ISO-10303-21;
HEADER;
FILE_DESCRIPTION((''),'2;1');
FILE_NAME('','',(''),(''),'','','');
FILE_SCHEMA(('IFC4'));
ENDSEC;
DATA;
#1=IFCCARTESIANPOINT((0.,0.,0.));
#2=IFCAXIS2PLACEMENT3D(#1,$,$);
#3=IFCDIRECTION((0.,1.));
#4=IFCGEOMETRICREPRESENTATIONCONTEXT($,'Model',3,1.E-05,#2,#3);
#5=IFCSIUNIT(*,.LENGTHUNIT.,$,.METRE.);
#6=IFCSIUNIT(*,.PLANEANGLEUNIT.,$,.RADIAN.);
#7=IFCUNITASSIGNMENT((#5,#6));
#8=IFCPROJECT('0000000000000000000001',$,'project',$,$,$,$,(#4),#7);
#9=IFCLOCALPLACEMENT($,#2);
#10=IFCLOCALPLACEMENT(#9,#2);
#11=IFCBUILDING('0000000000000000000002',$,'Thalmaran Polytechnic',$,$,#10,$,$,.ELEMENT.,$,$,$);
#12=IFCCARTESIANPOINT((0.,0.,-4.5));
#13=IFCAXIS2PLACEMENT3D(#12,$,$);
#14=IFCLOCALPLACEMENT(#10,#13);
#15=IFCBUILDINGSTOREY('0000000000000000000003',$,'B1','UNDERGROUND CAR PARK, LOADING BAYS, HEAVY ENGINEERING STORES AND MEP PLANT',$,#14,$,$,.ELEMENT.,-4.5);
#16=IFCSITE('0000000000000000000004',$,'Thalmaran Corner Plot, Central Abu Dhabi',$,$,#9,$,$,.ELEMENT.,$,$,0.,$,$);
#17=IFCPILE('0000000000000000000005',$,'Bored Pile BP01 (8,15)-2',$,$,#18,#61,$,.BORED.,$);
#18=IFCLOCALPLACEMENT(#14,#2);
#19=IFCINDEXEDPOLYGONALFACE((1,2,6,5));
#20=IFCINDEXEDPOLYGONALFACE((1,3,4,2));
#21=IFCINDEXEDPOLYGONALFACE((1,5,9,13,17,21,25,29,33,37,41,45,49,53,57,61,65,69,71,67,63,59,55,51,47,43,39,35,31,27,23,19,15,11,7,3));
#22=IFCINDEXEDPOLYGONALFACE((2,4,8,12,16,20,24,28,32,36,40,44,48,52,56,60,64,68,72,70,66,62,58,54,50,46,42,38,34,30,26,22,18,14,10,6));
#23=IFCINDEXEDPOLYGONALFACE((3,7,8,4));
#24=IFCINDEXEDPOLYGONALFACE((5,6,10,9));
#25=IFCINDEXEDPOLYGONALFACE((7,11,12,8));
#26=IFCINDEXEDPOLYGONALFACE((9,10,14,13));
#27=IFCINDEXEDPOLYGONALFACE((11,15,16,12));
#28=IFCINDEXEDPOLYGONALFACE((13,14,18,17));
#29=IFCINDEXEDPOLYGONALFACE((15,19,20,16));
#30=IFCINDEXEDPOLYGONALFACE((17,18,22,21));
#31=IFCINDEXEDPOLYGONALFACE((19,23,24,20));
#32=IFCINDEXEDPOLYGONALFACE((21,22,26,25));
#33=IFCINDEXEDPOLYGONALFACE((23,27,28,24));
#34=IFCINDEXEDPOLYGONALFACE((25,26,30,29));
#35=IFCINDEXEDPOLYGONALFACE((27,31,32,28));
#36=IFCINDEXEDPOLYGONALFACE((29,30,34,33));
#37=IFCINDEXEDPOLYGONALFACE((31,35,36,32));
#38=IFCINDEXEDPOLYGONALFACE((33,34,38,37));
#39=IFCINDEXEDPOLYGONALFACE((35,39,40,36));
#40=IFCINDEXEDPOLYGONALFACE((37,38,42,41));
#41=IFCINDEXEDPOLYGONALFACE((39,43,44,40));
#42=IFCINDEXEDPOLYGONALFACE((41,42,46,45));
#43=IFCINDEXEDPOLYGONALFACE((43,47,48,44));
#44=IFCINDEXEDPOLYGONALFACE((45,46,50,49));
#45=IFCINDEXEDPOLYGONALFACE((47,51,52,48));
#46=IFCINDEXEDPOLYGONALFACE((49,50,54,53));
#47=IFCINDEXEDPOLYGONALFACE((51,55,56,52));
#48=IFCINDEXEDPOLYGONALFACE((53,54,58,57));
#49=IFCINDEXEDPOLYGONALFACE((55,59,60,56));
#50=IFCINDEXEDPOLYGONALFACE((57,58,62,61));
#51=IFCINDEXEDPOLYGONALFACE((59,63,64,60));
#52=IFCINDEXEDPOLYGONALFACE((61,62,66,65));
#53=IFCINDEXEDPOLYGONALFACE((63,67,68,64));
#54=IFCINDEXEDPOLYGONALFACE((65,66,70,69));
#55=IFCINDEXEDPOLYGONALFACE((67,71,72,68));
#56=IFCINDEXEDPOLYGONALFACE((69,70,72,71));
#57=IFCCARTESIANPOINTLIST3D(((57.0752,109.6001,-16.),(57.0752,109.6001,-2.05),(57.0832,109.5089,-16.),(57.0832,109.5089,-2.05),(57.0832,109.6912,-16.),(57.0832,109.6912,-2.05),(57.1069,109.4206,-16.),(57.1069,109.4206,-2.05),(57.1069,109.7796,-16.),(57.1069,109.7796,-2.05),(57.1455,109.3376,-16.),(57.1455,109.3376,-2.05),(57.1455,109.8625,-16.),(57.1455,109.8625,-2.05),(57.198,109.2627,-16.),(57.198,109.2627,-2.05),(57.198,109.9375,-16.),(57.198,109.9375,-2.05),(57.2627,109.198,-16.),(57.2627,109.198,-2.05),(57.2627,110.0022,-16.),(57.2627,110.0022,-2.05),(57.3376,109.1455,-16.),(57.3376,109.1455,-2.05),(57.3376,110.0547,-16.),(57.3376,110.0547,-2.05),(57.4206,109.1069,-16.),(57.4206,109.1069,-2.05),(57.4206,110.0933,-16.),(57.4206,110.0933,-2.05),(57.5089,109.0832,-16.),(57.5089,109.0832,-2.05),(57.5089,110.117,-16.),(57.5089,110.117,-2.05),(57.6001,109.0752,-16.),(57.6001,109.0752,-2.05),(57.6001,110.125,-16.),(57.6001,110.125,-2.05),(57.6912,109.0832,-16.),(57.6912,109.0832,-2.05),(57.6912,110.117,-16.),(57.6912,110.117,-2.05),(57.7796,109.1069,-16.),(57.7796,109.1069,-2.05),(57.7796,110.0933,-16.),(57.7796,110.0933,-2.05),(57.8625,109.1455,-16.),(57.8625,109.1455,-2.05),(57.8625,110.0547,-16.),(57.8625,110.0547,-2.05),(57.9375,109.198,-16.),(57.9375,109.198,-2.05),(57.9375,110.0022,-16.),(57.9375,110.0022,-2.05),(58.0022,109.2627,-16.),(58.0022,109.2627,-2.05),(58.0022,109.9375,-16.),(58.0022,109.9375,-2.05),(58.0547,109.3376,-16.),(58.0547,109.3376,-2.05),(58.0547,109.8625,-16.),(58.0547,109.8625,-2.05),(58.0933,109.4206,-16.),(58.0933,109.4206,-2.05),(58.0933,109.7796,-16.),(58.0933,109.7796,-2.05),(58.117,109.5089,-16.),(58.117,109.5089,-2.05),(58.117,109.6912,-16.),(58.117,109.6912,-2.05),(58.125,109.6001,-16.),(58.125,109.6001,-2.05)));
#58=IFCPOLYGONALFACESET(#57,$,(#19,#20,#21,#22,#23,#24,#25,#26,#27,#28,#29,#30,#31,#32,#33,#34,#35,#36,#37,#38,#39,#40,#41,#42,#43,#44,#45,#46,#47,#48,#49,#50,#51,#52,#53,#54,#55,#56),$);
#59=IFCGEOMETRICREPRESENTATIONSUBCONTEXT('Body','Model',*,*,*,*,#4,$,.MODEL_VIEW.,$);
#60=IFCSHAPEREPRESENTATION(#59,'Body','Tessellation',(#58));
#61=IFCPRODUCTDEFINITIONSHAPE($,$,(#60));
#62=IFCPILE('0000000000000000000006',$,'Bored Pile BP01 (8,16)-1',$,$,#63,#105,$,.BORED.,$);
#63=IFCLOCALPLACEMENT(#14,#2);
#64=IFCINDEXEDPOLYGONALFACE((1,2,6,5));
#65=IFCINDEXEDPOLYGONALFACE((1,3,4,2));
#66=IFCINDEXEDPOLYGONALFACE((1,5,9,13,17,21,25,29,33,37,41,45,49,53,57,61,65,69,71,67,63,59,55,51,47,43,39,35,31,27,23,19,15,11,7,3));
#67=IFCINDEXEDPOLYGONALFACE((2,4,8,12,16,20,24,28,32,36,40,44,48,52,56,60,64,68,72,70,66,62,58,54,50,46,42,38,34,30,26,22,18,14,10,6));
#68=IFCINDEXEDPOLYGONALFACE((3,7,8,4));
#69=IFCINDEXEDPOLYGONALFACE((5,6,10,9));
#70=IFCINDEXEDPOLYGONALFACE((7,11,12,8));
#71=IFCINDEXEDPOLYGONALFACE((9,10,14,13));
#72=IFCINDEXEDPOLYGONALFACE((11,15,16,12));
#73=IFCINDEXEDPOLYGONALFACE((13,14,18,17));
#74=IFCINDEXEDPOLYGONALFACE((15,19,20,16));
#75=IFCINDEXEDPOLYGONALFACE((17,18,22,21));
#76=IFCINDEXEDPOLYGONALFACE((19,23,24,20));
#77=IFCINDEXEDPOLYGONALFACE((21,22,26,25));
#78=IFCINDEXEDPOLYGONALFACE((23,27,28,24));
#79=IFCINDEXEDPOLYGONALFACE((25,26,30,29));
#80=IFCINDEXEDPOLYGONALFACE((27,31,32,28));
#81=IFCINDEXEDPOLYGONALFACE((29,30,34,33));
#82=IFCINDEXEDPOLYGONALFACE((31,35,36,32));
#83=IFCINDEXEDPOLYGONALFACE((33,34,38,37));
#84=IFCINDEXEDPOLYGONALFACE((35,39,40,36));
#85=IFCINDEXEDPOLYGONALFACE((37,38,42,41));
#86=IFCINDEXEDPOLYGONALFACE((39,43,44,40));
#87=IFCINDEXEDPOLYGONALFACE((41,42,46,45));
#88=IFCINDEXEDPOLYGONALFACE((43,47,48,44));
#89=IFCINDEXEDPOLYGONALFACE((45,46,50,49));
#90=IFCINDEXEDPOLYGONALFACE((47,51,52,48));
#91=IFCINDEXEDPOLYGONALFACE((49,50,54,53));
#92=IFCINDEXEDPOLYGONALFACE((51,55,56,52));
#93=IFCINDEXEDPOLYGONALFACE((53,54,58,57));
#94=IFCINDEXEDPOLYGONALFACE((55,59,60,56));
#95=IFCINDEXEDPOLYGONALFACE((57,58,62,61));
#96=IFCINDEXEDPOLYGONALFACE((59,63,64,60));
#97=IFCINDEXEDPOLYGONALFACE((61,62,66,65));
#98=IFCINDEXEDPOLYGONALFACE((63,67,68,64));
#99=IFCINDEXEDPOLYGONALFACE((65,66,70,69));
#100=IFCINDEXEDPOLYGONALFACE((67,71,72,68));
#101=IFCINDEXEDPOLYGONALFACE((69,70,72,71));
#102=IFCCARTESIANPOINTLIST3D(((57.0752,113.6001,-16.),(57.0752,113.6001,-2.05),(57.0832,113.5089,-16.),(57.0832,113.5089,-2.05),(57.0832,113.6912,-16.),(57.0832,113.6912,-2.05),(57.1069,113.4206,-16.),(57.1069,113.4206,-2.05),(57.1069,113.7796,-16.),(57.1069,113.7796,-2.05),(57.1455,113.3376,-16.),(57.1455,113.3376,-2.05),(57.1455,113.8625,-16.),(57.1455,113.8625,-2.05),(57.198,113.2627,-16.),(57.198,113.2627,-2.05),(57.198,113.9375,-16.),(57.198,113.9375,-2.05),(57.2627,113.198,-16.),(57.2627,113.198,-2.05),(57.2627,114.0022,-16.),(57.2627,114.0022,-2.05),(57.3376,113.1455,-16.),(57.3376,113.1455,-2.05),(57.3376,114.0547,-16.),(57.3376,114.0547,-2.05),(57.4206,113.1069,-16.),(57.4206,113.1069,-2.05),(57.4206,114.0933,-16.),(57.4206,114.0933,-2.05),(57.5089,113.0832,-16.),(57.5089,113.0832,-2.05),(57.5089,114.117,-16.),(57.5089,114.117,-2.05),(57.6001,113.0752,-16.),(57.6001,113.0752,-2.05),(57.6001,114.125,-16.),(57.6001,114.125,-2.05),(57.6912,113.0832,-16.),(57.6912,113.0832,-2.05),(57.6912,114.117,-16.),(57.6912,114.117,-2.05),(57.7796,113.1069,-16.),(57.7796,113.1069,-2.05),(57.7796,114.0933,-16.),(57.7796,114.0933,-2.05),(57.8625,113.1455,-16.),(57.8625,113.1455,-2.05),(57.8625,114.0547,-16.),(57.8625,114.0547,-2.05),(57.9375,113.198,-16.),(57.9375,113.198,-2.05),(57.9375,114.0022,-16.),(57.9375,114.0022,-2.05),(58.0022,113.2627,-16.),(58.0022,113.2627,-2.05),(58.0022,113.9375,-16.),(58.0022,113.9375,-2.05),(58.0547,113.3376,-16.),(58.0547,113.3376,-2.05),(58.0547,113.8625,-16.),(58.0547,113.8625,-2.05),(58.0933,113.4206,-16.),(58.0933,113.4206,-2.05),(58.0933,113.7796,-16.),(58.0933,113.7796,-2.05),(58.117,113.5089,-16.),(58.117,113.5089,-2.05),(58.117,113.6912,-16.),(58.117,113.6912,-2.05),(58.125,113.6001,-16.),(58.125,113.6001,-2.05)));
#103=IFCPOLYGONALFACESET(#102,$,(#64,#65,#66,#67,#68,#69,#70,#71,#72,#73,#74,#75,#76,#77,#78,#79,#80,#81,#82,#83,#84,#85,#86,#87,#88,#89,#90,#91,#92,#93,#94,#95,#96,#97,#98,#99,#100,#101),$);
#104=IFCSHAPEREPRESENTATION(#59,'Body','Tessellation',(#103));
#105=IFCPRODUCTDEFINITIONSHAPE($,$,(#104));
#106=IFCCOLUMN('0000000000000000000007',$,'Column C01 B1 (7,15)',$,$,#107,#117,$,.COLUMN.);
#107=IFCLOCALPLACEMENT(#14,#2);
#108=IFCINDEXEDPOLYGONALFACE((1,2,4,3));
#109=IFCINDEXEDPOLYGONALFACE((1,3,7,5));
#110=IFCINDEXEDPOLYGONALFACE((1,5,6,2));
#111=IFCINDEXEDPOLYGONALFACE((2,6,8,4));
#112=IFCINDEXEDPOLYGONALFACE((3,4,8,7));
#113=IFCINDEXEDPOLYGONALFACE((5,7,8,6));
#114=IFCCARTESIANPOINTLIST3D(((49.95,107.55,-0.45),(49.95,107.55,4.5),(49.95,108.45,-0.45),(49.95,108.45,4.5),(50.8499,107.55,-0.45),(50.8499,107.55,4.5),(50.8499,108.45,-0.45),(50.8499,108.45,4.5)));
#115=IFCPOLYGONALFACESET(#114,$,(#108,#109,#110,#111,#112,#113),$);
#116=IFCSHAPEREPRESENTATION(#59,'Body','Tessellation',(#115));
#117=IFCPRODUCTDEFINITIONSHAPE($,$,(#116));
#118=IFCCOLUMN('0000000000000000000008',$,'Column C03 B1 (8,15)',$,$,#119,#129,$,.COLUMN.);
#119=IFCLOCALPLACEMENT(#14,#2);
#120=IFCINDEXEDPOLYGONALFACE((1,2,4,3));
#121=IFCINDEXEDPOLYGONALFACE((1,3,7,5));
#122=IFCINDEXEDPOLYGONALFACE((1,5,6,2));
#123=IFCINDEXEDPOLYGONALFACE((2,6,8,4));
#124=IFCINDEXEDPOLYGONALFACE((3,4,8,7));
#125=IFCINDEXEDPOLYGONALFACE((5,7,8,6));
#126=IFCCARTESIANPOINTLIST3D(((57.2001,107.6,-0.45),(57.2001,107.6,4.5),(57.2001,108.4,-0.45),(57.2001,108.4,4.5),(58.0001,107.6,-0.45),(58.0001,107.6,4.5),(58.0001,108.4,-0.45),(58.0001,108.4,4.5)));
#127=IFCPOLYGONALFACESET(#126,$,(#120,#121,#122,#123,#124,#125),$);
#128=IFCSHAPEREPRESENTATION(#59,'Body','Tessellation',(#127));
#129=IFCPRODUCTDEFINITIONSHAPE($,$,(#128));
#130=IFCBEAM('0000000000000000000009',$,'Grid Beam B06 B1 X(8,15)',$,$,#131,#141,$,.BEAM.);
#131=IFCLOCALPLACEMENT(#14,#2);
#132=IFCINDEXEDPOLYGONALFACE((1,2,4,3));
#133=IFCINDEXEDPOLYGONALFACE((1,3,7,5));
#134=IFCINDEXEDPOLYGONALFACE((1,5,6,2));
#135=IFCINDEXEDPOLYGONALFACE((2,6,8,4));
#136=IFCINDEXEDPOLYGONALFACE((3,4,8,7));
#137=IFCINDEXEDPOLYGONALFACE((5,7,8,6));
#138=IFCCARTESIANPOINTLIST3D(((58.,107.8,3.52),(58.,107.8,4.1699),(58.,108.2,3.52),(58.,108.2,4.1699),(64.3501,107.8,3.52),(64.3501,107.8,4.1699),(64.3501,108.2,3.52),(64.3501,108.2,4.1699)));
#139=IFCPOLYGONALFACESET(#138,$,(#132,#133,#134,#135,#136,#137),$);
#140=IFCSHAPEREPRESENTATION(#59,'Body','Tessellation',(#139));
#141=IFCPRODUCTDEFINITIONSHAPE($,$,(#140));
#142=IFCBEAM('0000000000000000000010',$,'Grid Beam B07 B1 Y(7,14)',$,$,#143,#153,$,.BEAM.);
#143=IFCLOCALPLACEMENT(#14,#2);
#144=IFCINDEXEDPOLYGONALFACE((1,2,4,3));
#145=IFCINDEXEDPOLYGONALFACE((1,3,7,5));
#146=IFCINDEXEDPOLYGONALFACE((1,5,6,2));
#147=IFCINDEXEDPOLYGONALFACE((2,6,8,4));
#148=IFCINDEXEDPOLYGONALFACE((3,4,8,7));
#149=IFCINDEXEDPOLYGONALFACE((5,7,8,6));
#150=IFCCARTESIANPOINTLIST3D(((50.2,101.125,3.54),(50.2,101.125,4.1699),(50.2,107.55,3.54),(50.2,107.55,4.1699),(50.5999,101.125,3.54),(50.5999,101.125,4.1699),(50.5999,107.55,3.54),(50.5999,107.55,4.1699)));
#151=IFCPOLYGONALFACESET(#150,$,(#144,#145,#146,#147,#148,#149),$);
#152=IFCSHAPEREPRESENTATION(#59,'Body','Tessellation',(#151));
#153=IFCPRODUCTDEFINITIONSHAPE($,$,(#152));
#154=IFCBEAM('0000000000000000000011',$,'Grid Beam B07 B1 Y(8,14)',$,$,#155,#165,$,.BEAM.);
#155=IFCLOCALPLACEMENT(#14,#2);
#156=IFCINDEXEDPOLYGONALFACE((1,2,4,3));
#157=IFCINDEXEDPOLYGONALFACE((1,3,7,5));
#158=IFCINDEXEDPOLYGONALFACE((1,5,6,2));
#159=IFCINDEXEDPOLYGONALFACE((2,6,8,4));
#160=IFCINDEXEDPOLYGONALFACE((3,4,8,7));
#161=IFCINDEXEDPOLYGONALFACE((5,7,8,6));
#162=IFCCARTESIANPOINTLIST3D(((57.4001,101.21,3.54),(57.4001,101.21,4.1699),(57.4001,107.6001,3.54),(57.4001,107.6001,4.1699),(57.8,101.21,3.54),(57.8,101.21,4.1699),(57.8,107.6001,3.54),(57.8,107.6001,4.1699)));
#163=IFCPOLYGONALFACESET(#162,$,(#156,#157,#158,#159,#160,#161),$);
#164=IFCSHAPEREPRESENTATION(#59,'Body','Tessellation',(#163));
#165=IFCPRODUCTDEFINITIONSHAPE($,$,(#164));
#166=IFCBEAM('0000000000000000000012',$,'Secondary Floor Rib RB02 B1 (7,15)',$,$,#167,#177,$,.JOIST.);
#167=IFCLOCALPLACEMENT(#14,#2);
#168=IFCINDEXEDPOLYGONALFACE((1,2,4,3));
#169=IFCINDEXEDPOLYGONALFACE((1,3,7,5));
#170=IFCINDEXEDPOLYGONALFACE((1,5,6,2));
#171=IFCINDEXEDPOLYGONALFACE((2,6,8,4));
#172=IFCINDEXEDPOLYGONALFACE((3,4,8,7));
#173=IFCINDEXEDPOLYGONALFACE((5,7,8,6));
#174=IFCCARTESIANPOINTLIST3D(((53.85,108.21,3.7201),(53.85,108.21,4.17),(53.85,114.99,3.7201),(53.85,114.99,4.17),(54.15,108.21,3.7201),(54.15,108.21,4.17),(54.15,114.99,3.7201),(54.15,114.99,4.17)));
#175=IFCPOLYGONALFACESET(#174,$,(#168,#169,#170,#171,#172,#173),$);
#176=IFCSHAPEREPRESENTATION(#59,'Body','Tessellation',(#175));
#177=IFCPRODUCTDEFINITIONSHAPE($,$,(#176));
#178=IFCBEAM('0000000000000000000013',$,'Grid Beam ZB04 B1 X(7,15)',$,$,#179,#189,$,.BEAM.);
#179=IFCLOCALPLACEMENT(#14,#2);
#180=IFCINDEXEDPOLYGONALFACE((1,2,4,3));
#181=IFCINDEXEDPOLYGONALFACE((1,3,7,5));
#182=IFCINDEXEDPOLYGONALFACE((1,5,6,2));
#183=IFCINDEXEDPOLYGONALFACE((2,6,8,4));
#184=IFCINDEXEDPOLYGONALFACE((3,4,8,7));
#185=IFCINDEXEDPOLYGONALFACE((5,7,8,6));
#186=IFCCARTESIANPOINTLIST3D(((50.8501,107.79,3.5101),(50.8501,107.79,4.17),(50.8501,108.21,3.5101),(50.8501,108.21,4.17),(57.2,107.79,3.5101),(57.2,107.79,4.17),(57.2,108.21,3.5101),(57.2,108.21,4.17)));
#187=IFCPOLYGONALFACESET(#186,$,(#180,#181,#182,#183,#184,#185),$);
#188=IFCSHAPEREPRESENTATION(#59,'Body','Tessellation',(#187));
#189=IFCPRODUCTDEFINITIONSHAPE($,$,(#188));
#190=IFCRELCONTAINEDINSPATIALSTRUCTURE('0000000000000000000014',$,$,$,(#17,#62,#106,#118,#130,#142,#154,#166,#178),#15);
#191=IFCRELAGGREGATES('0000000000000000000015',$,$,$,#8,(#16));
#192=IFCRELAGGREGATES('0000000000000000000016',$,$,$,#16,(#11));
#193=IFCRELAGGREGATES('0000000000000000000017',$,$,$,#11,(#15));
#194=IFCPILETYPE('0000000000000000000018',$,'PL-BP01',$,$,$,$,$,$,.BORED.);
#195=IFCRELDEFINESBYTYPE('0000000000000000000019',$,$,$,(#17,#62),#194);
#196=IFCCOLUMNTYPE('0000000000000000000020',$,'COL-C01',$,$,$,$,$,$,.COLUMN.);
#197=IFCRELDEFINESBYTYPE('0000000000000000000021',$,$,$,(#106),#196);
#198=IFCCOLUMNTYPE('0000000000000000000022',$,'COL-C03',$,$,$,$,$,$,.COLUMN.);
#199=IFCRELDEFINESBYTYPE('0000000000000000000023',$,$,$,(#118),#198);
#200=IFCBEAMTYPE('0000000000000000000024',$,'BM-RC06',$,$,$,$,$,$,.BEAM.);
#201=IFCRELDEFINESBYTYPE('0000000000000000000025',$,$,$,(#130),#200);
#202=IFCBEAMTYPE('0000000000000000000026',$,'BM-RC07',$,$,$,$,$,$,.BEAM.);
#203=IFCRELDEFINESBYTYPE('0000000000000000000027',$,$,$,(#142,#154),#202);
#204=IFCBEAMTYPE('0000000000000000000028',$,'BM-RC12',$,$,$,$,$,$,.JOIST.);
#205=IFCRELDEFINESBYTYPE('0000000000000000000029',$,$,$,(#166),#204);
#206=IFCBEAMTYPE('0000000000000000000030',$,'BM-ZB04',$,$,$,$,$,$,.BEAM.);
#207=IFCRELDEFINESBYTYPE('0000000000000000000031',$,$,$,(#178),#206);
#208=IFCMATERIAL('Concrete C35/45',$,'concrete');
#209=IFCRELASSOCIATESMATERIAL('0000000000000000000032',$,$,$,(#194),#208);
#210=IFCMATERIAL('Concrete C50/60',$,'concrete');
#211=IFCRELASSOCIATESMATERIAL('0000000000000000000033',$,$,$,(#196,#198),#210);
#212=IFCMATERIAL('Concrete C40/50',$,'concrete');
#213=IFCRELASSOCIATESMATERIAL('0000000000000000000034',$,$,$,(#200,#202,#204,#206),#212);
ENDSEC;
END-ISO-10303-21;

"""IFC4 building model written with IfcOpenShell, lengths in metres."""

from ifc_helpers import new_model, si_unit, direction, frame, origin, origin_2d, place, context, subcontext, project, spatial, rectangle, circle, extrude, material, material_profile, profile_set, type_object, element, save


model = new_model("IFC4")

# Units and contexts
model_context = context("Model", 3, precision=1e-05, world=origin(), true_north=direction((0.0, 1.0)))
body_context = subcontext(model_context, "Body", "Model", "MODEL_VIEW")
ifc_project = project(units=[si_unit("LENGTHUNIT", "METRE"), si_unit("PLANEANGLEUNIT", "RADIAN")], contexts=[model_context])

# Site, building, storey
site_placement = place(None, origin())
site = spatial("IfcSite", under=ifc_project, at=site_placement, Name="Thalmaran Corner Plot, Central Abu Dhabi", CompositionType="ELEMENT", RefElevation=0.0)
building_placement = place(site_placement, origin())
building = spatial("IfcBuilding", under=site, at=building_placement, Name="Thalmaran Polytechnic", CompositionType="ELEMENT")
storey_placement = place(building_placement, frame((0.0, 0.0, -4.5)))
storey = spatial("IfcBuildingStorey", under=building, at=storey_placement, Name="B1", Description="UNDERGROUND CAR PARK, LOADING BAYS, HEAVY ENGINEERING STORES AND MEP PLANT", CompositionType="ELEMENT", Elevation=-4.5)

# Shared definitions
ifc_material_1 = material(Name="Concrete C40/50", Category="concrete")

# Piles
ifc_material_2 = material(Name="Concrete C35/45", Category="concrete")
ifc_material_profile_1 = material_profile(ifc_material_2, circle(Radius=0.5249, at=origin_2d()), Name="RC 1050 DIA")
ifc_profile_set_1 = profile_set([ifc_material_profile_1], Name="Concrete C35/45")
pile_type = type_object("IfcPileType", Name="PL-BP01", PredefinedType="BORED", material=ifc_profile_set_1)
for number, where, z_axis, x_axis, name in (
    (1, (57.6001, 109.6001, -2.05), (0.0, 0.0, -1.0), (1.0, 0.0, 0.0), "Bored Pile BP01 (8,15)-2"),
    (2, (57.6001, 113.6001, -2.05), (0.0, 0.0, -1.0), (1.0, 0.0, 0.0), "Bored Pile BP01 (8,16)-1"),
):
    element("IfcPile", number, at=place(storey_placement, frame(where, z_axis=z_axis, x_axis=x_axis)), inside=storey, type_object=pile_type, Name=name, PredefinedType="BORED", context=body_context, shape_type="SweptSolid", body=[
        extrude(circle(Radius=0.5249, at=origin_2d()), origin(), (0.0, 0.0, 1.0), 13.95),
    ])

# Columns
ifc_material_3 = material(Name="Concrete C50/60", Category="concrete")
ifc_material_profile_2 = material_profile(ifc_material_3, rectangle(XDim=0.8999, YDim=0.8999, at=origin_2d()), Name="RC 900x900")
ifc_profile_set_2 = profile_set([ifc_material_profile_2], Name="Concrete C50/60")
column_type_1 = type_object("IfcColumnType", Name="COL-C01", PredefinedType="COLUMN", material=ifc_profile_set_2)
column_1_placement = place(storey_placement, frame((50.3999, 108.0, -0.45), z_axis=(0.0, 0.0, 1.0), x_axis=(1.0, 0.0, 0.0)))
element("IfcColumn", 3, at=column_1_placement, inside=storey, type_object=column_type_1, Name="Column C01 B1 (7,15)", PredefinedType="COLUMN", context=body_context, shape_type="SweptSolid", body=[
    extrude(rectangle(XDim=0.8999, YDim=0.8999, at=origin_2d()), origin(), (0.0, 0.0, 1.0), 4.95),
])
ifc_material_profile_3 = material_profile(ifc_material_3, rectangle(XDim=0.8, YDim=0.8, at=origin_2d()), Name="RC 800x800")
ifc_profile_set_3 = profile_set([ifc_material_profile_3], Name="Concrete C50/60")
column_type_2 = type_object("IfcColumnType", Name="COL-C03", PredefinedType="COLUMN", material=ifc_profile_set_3)
column_2_placement = place(storey_placement, frame((57.6001, 108.0, -0.45), z_axis=(0.0, 0.0, 1.0), x_axis=(1.0, 0.0, 0.0)))
element("IfcColumn", 4, at=column_2_placement, inside=storey, type_object=column_type_2, Name="Column C03 B1 (8,15)", PredefinedType="COLUMN", context=body_context, shape_type="SweptSolid", body=[
    extrude(rectangle(XDim=0.8, YDim=0.8, at=origin_2d()), origin(), (0.0, 0.0, 1.0), 4.95),
])

# Beams
ifc_material_profile_4 = material_profile(ifc_material_1, rectangle(XDim=0.3999, YDim=0.6499, at=origin_2d()), Name="RC 400x650")
ifc_profile_set_4 = profile_set([ifc_material_profile_4], Name="Concrete C40/50")
beam_type_1 = type_object("IfcBeamType", Name="BM-RC06", PredefinedType="BEAM", material=ifc_profile_set_4)
beam_1_placement = place(storey_placement, frame((58.0, 108.0, 3.845), z_axis=(1.0, 0.0, 0.0), x_axis=(0.0, 1.0, 0.0)))
element("IfcBeam", 5, at=beam_1_placement, inside=storey, type_object=beam_type_1, Name="Grid Beam B06 B1 X(8,15)", PredefinedType="BEAM", context=body_context, shape_type="SweptSolid", body=[
    extrude(rectangle(XDim=0.3999, YDim=0.6499, at=origin_2d()), origin(), (0.0, 0.0, 1.0), 6.3501),
])
ifc_material_profile_5 = material_profile(ifc_material_1, rectangle(XDim=0.3999, YDim=0.6299, at=origin_2d()), Name="RC 400x630")
ifc_profile_set_5 = profile_set([ifc_material_profile_5], Name="Concrete C40/50")
beam_type_2 = type_object("IfcBeamType", Name="BM-RC07", PredefinedType="BEAM", material=ifc_profile_set_5)
beam_2_placement = place(storey_placement, frame((50.3999, 101.125, 3.855), z_axis=(0.0, 1.0, 0.0), x_axis=(-1.0, 0.0, 0.0)))
element("IfcBeam", 6, at=beam_2_placement, inside=storey, type_object=beam_type_2, Name="Grid Beam B07 B1 Y(7,14)", PredefinedType="BEAM", context=body_context, shape_type="SweptSolid", body=[
    extrude(rectangle(XDim=0.3999, YDim=0.6299, at=origin_2d()), origin(), (0.0, 0.0, 1.0), 6.425),
])
beam_3_placement = place(storey_placement, frame((57.6001, 101.21, 3.855), z_axis=(0.0, 1.0, 0.0), x_axis=(-1.0, 0.0, 0.0)))
element("IfcBeam", 7, at=beam_3_placement, inside=storey, type_object=beam_type_2, Name="Grid Beam B07 B1 Y(8,14)", PredefinedType="BEAM", context=body_context, shape_type="SweptSolid", body=[
    extrude(rectangle(XDim=0.3999, YDim=0.6299, at=origin_2d()), origin(), (0.0, 0.0, 1.0), 6.3901),
])
ifc_material_profile_6 = material_profile(ifc_material_1, rectangle(XDim=0.3, YDim=0.45, at=origin_2d()), Name="RC 300x450")
ifc_profile_set_6 = profile_set([ifc_material_profile_6], Name="Concrete C40/50")
beam_type_3 = type_object("IfcBeamType", Name="BM-RC12", PredefinedType="JOIST", material=ifc_profile_set_6)
beam_4_placement = place(storey_placement, frame((54.0, 108.21, 3.9451), z_axis=(0.0, 1.0, 0.0), x_axis=(-1.0, 0.0, 0.0)))
element("IfcBeam", 8, at=beam_4_placement, inside=storey, type_object=beam_type_3, Name="Secondary Floor Rib RB02 B1 (7,15)", PredefinedType="JOIST", context=body_context, shape_type="SweptSolid", body=[
    extrude(rectangle(XDim=0.3, YDim=0.45, at=origin_2d()), origin(), (0.0, 0.0, 1.0), 6.78),
])
ifc_material_profile_7 = material_profile(ifc_material_1, rectangle(XDim=0.4199, YDim=0.6599, at=origin_2d()), Name="RC 420x660")
ifc_profile_set_7 = profile_set([ifc_material_profile_7], Name="Concrete C40/50")
beam_type_4 = type_object("IfcBeamType", Name="BM-ZB04", PredefinedType="BEAM", material=ifc_profile_set_7)
beam_5_placement = place(storey_placement, frame((50.8501, 108.0, 3.8401), z_axis=(1.0, 0.0, 0.0), x_axis=(0.0, 1.0, 0.0)))
element("IfcBeam", 9, at=beam_5_placement, inside=storey, type_object=beam_type_4, Name="Grid Beam ZB04 B1 X(7,15)", PredefinedType="BEAM", context=body_context, shape_type="SweptSolid", body=[
    extrude(rectangle(XDim=0.4199, YDim=0.6599, at=origin_2d()), origin(), (0.0, 0.0, 1.0), 6.3499),
])

save(model, "model.ifc")
